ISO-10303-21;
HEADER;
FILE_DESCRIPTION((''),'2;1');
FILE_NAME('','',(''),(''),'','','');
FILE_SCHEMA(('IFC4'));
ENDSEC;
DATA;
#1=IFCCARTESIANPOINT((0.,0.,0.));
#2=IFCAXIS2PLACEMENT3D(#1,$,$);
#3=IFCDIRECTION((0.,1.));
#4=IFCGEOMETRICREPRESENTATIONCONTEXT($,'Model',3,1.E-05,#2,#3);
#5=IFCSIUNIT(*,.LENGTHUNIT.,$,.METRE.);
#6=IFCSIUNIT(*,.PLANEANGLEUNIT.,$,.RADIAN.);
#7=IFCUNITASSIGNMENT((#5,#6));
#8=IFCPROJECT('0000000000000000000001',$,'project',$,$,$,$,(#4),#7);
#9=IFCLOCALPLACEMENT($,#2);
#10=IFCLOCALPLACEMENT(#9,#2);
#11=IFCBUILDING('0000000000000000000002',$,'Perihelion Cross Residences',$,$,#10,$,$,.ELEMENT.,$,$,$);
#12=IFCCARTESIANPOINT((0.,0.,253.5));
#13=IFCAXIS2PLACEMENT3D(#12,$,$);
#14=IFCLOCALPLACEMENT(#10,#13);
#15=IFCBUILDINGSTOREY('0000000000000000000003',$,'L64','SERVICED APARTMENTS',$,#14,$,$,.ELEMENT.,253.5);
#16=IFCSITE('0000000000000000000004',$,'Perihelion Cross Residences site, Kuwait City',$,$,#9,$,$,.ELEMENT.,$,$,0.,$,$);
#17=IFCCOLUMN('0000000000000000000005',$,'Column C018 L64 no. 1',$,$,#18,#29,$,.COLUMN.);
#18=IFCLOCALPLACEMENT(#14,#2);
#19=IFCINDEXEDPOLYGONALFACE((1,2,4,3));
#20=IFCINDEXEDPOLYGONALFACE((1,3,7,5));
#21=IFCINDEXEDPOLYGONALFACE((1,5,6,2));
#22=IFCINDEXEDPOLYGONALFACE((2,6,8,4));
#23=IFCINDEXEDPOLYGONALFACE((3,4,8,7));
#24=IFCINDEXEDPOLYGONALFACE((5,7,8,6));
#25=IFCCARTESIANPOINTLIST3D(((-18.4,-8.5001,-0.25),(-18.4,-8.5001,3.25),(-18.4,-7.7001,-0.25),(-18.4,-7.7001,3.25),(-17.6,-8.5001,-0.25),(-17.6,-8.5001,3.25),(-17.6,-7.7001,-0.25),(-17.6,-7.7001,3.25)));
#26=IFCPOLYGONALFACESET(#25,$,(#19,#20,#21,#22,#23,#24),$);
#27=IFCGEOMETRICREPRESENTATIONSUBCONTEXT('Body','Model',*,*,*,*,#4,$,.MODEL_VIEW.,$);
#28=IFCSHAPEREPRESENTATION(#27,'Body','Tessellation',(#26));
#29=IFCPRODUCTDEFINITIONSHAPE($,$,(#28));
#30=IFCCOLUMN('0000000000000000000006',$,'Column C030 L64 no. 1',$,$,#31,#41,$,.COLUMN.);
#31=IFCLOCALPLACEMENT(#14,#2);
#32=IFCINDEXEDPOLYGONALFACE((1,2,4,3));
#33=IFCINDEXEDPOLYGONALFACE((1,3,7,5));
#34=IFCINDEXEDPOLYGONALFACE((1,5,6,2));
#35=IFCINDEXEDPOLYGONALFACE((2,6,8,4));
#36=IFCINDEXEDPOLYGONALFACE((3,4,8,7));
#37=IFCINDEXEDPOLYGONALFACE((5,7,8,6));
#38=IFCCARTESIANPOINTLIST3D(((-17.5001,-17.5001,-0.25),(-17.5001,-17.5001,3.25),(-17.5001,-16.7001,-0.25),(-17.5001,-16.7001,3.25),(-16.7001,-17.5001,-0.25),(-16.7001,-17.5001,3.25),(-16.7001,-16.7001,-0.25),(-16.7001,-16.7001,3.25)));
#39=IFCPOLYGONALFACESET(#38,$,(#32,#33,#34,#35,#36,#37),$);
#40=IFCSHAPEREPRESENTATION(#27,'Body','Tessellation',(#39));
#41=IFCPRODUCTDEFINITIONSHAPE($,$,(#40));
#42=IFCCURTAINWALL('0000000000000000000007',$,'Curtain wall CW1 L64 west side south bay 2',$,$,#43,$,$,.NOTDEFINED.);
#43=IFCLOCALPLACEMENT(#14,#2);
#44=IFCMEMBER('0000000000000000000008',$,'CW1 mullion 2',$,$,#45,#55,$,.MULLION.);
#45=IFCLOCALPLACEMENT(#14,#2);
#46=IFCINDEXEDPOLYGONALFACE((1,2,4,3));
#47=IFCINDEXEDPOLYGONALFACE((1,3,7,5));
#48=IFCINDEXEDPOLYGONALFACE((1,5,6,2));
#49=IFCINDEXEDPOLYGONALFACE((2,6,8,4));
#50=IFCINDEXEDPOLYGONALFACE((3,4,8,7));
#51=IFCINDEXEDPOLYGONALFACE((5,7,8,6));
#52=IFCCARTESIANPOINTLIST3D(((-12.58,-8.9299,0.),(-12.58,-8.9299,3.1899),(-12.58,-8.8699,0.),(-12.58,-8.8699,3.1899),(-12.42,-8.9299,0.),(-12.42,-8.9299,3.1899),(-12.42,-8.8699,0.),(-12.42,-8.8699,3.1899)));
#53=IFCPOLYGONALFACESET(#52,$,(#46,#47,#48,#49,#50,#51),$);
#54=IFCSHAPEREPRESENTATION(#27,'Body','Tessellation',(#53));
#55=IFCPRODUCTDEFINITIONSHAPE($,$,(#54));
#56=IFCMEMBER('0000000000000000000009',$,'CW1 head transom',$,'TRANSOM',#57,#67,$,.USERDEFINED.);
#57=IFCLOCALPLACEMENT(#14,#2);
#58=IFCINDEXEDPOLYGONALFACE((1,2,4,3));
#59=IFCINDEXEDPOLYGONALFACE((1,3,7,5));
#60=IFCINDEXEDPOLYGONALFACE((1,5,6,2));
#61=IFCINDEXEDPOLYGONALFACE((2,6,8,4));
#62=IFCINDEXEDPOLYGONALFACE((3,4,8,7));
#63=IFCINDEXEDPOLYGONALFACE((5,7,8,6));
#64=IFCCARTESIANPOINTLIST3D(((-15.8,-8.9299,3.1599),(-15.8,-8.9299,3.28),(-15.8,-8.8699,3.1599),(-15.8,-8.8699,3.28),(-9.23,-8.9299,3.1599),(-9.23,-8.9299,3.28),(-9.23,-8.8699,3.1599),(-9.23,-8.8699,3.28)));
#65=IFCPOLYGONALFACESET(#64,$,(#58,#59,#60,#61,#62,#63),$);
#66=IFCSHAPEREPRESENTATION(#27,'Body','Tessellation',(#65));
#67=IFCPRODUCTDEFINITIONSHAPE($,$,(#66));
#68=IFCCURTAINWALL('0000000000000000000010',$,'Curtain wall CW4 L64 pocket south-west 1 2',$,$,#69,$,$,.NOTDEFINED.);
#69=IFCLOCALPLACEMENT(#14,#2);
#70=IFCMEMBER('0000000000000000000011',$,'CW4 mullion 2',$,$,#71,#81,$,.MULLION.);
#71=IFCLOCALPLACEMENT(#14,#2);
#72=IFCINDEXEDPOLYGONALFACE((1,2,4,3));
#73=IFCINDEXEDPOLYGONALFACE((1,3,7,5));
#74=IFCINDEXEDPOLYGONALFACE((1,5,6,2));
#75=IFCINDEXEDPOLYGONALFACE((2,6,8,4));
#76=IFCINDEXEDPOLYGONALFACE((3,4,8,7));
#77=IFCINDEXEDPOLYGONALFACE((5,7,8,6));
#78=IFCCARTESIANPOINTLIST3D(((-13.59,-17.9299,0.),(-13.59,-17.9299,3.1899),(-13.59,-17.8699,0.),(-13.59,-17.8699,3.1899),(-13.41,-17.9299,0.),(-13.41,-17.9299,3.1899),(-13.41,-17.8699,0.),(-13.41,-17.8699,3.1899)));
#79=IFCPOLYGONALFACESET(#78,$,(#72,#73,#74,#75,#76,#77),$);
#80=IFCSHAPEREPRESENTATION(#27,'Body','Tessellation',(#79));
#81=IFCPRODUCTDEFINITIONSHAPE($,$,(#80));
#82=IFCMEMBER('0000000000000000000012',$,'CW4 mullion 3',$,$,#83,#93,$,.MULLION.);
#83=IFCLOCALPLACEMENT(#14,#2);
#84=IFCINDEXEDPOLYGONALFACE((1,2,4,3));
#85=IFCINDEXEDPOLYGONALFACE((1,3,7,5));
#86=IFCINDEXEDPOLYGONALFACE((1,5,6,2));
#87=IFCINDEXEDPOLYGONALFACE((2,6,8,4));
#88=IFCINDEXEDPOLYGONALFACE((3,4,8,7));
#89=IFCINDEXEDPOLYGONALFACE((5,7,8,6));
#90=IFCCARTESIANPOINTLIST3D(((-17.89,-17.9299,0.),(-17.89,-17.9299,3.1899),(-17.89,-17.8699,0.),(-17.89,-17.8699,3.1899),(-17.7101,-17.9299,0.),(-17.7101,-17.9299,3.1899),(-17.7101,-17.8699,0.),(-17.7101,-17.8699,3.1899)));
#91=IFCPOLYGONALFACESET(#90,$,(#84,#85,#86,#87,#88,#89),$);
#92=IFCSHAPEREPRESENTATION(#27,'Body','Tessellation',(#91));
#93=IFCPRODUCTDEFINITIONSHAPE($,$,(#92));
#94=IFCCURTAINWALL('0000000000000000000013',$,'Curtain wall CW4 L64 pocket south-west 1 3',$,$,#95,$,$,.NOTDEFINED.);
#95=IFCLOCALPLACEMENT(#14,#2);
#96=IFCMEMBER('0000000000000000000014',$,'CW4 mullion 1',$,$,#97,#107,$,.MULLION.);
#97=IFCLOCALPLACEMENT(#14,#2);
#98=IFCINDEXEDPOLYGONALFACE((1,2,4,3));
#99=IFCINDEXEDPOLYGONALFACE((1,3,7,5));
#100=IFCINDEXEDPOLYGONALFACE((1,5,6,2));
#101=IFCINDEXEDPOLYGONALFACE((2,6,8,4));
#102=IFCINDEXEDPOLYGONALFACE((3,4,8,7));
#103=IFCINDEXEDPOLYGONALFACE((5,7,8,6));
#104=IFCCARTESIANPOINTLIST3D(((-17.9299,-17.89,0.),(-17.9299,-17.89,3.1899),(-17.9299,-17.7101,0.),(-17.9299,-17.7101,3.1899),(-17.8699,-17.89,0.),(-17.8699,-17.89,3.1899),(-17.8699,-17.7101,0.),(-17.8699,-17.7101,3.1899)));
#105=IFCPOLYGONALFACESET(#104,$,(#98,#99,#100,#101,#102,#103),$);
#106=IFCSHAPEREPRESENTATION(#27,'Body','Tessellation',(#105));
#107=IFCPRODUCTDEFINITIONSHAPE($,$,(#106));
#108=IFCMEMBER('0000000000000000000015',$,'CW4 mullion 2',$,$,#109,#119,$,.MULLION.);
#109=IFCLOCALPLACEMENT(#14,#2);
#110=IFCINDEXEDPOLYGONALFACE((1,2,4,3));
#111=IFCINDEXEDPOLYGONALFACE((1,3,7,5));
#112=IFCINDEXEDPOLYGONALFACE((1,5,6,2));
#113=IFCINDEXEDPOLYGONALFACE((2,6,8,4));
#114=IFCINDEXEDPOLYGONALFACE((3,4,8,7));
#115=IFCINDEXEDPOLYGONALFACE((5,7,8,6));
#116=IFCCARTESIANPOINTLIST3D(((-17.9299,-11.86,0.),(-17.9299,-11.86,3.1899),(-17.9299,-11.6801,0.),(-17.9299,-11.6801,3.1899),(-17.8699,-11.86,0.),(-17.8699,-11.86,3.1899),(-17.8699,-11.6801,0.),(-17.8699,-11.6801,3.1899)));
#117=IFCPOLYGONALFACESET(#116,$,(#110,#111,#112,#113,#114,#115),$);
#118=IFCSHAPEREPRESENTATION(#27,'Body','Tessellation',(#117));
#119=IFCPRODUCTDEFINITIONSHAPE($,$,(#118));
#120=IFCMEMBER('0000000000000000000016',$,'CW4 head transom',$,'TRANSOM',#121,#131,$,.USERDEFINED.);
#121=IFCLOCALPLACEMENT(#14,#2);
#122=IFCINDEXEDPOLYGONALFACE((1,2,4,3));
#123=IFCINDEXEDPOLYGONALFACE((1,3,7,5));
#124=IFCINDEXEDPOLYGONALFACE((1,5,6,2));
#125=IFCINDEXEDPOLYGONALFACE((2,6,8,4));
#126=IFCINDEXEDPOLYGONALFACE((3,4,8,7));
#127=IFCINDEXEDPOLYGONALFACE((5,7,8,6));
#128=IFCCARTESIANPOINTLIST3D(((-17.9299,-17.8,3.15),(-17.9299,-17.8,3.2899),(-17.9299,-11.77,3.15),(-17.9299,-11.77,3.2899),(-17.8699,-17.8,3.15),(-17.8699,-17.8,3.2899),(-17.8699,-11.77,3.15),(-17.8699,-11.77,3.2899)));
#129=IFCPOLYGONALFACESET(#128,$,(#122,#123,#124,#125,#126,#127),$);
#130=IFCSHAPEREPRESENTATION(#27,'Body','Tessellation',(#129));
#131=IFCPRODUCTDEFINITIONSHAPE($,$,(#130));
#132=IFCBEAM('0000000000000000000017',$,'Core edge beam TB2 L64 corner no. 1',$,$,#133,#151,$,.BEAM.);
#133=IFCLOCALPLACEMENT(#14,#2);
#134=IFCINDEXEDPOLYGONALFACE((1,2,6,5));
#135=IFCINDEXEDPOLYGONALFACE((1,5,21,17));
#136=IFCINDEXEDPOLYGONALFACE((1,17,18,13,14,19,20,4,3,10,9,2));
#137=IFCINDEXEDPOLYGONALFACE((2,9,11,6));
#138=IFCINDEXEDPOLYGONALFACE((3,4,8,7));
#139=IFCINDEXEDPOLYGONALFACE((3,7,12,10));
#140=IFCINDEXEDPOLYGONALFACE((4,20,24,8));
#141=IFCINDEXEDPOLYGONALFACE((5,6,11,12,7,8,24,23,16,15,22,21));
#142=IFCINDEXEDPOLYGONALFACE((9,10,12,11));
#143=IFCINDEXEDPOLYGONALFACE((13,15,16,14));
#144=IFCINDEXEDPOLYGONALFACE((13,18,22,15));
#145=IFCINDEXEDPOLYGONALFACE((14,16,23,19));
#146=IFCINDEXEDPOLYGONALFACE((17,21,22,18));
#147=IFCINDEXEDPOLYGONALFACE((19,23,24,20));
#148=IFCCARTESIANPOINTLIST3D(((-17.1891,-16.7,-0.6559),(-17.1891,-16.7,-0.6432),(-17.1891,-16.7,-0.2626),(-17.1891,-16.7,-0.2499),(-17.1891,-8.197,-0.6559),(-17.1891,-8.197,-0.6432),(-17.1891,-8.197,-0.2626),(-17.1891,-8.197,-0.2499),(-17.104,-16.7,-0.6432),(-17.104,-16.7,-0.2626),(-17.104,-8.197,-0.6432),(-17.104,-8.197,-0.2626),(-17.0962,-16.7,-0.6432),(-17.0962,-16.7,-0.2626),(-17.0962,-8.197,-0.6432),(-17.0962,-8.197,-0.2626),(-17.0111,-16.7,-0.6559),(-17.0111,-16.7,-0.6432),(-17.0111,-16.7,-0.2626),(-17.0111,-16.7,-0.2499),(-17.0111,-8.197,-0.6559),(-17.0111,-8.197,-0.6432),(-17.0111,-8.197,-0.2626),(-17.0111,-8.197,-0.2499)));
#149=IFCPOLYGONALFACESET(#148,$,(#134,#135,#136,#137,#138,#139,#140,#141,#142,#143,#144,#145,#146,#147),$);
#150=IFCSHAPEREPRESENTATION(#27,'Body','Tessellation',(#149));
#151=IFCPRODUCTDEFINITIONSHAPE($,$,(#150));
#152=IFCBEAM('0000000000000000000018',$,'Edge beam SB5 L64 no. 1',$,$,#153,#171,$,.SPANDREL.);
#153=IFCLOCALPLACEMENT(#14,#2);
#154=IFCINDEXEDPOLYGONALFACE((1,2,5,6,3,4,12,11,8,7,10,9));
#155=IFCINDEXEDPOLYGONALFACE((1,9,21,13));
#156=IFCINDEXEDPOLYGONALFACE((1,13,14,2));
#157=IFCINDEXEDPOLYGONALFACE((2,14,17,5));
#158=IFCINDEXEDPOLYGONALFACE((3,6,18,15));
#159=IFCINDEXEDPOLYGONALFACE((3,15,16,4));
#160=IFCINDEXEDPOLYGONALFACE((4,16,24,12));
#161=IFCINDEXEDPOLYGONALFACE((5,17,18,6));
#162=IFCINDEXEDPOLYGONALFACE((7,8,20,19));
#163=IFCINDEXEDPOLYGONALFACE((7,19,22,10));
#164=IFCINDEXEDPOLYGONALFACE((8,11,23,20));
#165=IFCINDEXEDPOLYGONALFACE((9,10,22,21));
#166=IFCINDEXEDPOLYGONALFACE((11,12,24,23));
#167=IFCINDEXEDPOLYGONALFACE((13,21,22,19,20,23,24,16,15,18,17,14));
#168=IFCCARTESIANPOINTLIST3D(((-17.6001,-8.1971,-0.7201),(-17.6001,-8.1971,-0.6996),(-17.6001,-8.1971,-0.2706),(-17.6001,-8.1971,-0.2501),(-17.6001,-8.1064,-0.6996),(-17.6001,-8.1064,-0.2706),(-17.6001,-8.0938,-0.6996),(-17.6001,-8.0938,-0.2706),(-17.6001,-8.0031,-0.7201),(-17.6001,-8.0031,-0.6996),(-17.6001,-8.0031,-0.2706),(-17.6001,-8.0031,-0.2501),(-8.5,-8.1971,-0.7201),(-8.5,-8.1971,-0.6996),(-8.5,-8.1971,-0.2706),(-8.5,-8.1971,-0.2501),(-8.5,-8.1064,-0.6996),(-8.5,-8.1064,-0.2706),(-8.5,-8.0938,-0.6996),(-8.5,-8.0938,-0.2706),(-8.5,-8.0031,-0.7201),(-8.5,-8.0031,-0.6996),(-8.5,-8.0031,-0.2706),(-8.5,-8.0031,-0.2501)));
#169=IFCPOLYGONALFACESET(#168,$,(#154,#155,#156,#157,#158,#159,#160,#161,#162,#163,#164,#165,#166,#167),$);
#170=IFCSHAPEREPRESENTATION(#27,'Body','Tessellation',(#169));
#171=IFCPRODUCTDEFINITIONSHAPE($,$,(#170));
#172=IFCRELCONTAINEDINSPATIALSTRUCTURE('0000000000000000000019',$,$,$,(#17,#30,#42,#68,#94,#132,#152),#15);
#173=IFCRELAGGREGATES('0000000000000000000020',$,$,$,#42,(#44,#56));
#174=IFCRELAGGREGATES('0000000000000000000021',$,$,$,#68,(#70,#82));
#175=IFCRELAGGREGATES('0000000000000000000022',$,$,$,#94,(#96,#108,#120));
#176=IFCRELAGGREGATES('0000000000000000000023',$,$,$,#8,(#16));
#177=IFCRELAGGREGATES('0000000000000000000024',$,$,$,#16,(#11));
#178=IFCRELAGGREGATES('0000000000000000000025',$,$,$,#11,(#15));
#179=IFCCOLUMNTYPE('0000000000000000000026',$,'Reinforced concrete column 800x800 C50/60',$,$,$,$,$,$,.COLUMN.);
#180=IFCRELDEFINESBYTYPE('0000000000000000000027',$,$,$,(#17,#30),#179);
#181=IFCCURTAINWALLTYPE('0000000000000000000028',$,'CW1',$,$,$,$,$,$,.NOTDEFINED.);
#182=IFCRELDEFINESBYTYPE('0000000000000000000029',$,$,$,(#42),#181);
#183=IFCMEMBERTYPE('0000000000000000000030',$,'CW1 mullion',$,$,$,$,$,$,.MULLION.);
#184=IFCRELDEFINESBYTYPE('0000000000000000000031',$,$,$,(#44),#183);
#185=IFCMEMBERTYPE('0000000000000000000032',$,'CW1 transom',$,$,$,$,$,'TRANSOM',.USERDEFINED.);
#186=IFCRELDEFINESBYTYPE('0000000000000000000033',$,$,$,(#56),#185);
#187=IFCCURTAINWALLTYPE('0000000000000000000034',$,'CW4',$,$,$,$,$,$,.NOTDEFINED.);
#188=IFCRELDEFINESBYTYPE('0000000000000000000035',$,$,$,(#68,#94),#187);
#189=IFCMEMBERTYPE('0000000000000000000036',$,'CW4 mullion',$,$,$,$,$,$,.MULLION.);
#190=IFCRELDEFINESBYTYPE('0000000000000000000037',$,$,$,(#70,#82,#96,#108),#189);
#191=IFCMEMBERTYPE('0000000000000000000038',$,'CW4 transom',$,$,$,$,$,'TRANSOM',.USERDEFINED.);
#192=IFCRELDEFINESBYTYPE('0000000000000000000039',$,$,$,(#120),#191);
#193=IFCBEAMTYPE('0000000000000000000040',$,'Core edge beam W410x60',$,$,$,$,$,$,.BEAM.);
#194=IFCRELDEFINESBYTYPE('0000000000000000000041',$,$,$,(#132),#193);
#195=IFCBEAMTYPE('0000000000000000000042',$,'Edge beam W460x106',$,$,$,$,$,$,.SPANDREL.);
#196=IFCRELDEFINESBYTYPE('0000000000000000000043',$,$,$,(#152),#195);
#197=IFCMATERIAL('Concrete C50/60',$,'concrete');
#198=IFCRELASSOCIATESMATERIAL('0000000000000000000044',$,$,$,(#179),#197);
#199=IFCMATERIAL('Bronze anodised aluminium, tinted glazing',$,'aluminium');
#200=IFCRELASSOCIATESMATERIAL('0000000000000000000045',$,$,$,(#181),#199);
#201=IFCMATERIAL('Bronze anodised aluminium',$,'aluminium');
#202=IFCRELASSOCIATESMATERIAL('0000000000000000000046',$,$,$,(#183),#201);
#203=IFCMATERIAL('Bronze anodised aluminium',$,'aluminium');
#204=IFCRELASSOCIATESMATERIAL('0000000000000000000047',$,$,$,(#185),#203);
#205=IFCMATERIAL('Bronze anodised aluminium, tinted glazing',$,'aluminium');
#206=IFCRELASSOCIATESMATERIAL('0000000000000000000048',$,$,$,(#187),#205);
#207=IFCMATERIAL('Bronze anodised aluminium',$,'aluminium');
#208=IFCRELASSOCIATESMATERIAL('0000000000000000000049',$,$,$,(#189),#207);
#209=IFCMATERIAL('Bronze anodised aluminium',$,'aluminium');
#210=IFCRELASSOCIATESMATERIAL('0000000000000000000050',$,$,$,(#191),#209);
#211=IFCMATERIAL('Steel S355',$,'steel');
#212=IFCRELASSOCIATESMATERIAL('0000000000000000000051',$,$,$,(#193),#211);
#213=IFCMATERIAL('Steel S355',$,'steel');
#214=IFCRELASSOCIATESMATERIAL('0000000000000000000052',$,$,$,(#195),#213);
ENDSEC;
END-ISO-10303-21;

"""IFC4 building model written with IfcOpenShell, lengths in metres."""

from ifc_helpers import new_model, si_unit, direction, frame, origin, origin_2d, place, context, subcontext, project, spatial, rectangle, i_section, extrude, material, material_profile, profile_set, type_object, element, aggregate, save


model = new_model("IFC4")

# Units and contexts
model_context = context("Model", 3, precision=1e-05, world=origin(), true_north=direction((0.0, 1.0)))
body_context = subcontext(model_context, "Body", "Model", "MODEL_VIEW")
ifc_project = project(units=[si_unit("LENGTHUNIT", "METRE"), si_unit("PLANEANGLEUNIT", "RADIAN")], contexts=[model_context])

# Site, building, storey
site_placement = place(None, origin())
site = spatial("IfcSite", under=ifc_project, at=site_placement, Name="Perihelion Cross Residences site, Kuwait City", CompositionType="ELEMENT", RefElevation=0.0)
building_placement = place(site_placement, origin())
building = spatial("IfcBuilding", under=site, at=building_placement, Name="Perihelion Cross Residences", CompositionType="ELEMENT")
storey_placement = place(building_placement, frame((0.0, 0.0, 253.5)))
storey = spatial("IfcBuildingStorey", under=building, at=storey_placement, Name="L64", Description="SERVICED APARTMENTS", CompositionType="ELEMENT", Elevation=253.5)

# Columns
ifc_material_1 = material(Name="Concrete C50/60", Category="concrete")
ifc_material_profile_1 = material_profile(ifc_material_1, rectangle(XDim=0.8, YDim=0.8, at=origin_2d()), Name="RC 800x800")
ifc_profile_set_1 = profile_set([ifc_material_profile_1], Name="Concrete C50/60")
column_type = type_object("IfcColumnType", Name="Reinforced concrete column 800x800 C50/60", PredefinedType="COLUMN", material=ifc_profile_set_1)
for number, where, z_axis, x_axis, name in (
    (1, (-18.0, -8.1001, -0.25), (0.0, 0.0, 1.0), (1.0, 0.0, 0.0), "Column C018 L64 no. 1"),
    (2, (-17.1001, -17.1001, -0.25), (0.0, 0.0, 1.0), (1.0, 0.0, 0.0), "Column C030 L64 no. 1"),
):
    element("IfcColumn", number, at=place(storey_placement, frame(where, z_axis=z_axis, x_axis=x_axis)), inside=storey, type_object=column_type, Name=name, PredefinedType="COLUMN", context=body_context, shape_type="SweptSolid", body=[
        extrude(rectangle(XDim=0.8, YDim=0.8, at=origin_2d()), origin(), (0.0, 0.0, 1.0), 3.5),
    ])

# Curtain walls, members
ifc_material_2 = material(Name="Bronze anodised aluminium, tinted glazing", Category="aluminium")
curtain_wall_type_1 = type_object("IfcCurtainWallType", Name="CW1", PredefinedType="NOTDEFINED", material=ifc_material_2)
curtain_wall_1_placement = place(storey_placement, origin())
curtain_wall_1 = element("IfcCurtainWall", 3, at=curtain_wall_1_placement, inside=storey, type_object=curtain_wall_type_1, Name="Curtain wall CW1 L64 west side south bay 2", PredefinedType="NOTDEFINED")
ifc_material_3 = material(Name="Bronze anodised aluminium", Category="aluminium")
ifc_material_profile_2 = material_profile(ifc_material_3, rectangle(XDim=0.0601, YDim=0.1599, at=origin_2d()), Name="CW1 mullion")
ifc_profile_set_2 = profile_set([ifc_material_profile_2], Name="Bronze anodised aluminium")
member_type_1 = type_object("IfcMemberType", Name="CW1 mullion", PredefinedType="MULLION", material=ifc_profile_set_2)
member_1_placement = place(storey_placement, frame((-12.5, -8.8999, 0.0), z_axis=(0.0, 0.0, 1.0), x_axis=(0.0, 1.0, 0.0)))
member_1 = element("IfcMember", 4, at=member_1_placement, type_object=member_type_1, Name="CW1 mullion 2", PredefinedType="MULLION", context=body_context, shape_type="SweptSolid", body=[
    extrude(rectangle(XDim=0.0601, YDim=0.1599, at=origin_2d()), origin(), (0.0, 0.0, 1.0), 3.1899),
])
ifc_material_4 = material(Name="Bronze anodised aluminium", Category="aluminium")
ifc_material_profile_3 = material_profile(ifc_material_4, rectangle(XDim=0.0601, YDim=0.1201, at=origin_2d()), Name="CW1 transom")
ifc_profile_set_3 = profile_set([ifc_material_profile_3], Name="Bronze anodised aluminium")
member_type_2 = type_object("IfcMemberType", Name="CW1 transom", ElementType="TRANSOM", PredefinedType="USERDEFINED", material=ifc_profile_set_3)
member_2_placement = place(storey_placement, frame((-15.8, -8.8999, 3.22), z_axis=(1.0, 0.0, 0.0), x_axis=(0.0, 1.0, 0.0)))
member_2 = element("IfcMember", 5, at=member_2_placement, type_object=member_type_2, Name="CW1 head transom", ObjectType="TRANSOM", PredefinedType="USERDEFINED", context=body_context, shape_type="SweptSolid", body=[
    extrude(rectangle(XDim=0.0601, YDim=0.1201, at=origin_2d()), origin(), (0.0, 0.0, 1.0), 6.5701),
])
ifc_material_5 = material(Name="Bronze anodised aluminium, tinted glazing", Category="aluminium")
curtain_wall_type_2 = type_object("IfcCurtainWallType", Name="CW4", PredefinedType="NOTDEFINED", material=ifc_material_5)
curtain_wall_2_placement = place(storey_placement, origin())
curtain_wall_2 = element("IfcCurtainWall", 6, at=curtain_wall_2_placement, inside=storey, type_object=curtain_wall_type_2, Name="Curtain wall CW4 L64 pocket south-west 1 2", PredefinedType="NOTDEFINED")
ifc_material_6 = material(Name="Bronze anodised aluminium", Category="aluminium")
ifc_material_profile_4 = material_profile(ifc_material_6, rectangle(XDim=0.0601, YDim=0.1799, at=origin_2d()), Name="CW4 mullion")
ifc_profile_set_4 = profile_set([ifc_material_profile_4], Name="Bronze anodised aluminium")
member_type_3 = type_object("IfcMemberType", Name="CW4 mullion", PredefinedType="MULLION", material=ifc_profile_set_4)
member_3_placement = place(storey_placement, frame((-13.5, -17.8999, 0.0), z_axis=(0.0, 0.0, 1.0), x_axis=(0.0, -1.0, 0.0)))
member_3 = element("IfcMember", 7, at=member_3_placement, type_object=member_type_3, Name="CW4 mullion 2", PredefinedType="MULLION", context=body_context, shape_type="SweptSolid", body=[
    extrude(rectangle(XDim=0.0601, YDim=0.1799, at=origin_2d()), origin(), (0.0, 0.0, 1.0), 3.1899),
])
member_4_placement = place(storey_placement, frame((-17.8, -17.8999, 0.0), z_axis=(0.0, 0.0, 1.0), x_axis=(0.0, -1.0, 0.0)))
member_4 = element("IfcMember", 8, at=member_4_placement, type_object=member_type_3, Name="CW4 mullion 3", PredefinedType="MULLION", context=body_context, shape_type="SweptSolid", body=[
    extrude(rectangle(XDim=0.0601, YDim=0.1799, at=origin_2d()), origin(), (0.0, 0.0, 1.0), 3.1899),
])
curtain_wall_3_placement = place(storey_placement, origin())
curtain_wall_3 = element("IfcCurtainWall", 9, at=curtain_wall_3_placement, inside=storey, type_object=curtain_wall_type_2, Name="Curtain wall CW4 L64 pocket south-west 1 3", PredefinedType="NOTDEFINED")
member_5_placement = place(storey_placement, frame((-17.8999, -17.8, 0.0), z_axis=(0.0, 0.0, 1.0), x_axis=(-1.0, 0.0, 0.0)))
member_5 = element("IfcMember", 10, at=member_5_placement, type_object=member_type_3, Name="CW4 mullion 1", PredefinedType="MULLION", context=body_context, shape_type="SweptSolid", body=[
    extrude(rectangle(XDim=0.0601, YDim=0.1799, at=origin_2d()), origin(), (0.0, 0.0, 1.0), 3.1899),
])
member_6_placement = place(storey_placement, frame((-17.8999, -11.77, 0.0), z_axis=(0.0, 0.0, 1.0), x_axis=(-1.0, 0.0, 0.0)))
member_6 = element("IfcMember", 11, at=member_6_placement, type_object=member_type_3, Name="CW4 mullion 2", PredefinedType="MULLION", context=body_context, shape_type="SweptSolid", body=[
    extrude(rectangle(XDim=0.0601, YDim=0.1799, at=origin_2d()), origin(), (0.0, 0.0, 1.0), 3.1899),
])
ifc_material_7 = material(Name="Bronze anodised aluminium", Category="aluminium")
ifc_material_profile_5 = material_profile(ifc_material_7, rectangle(XDim=0.0601, YDim=0.1399, at=origin_2d()), Name="CW4 transom")
ifc_profile_set_5 = profile_set([ifc_material_profile_5], Name="Bronze anodised aluminium")
member_type_4 = type_object("IfcMemberType", Name="CW4 transom", ElementType="TRANSOM", PredefinedType="USERDEFINED", material=ifc_profile_set_5)
member_7_placement = place(storey_placement, frame((-17.8999, -17.8, 3.22), z_axis=(0.0, 1.0, 0.0), x_axis=(-1.0, 0.0, 0.0)))
member_7 = element("IfcMember", 12, at=member_7_placement, type_object=member_type_4, Name="CW4 head transom", ObjectType="TRANSOM", PredefinedType="USERDEFINED", context=body_context, shape_type="SweptSolid", body=[
    extrude(rectangle(XDim=0.0601, YDim=0.1399, at=origin_2d()), origin(), (0.0, 0.0, 1.0), 6.03),
])

# Beams
ifc_material_8 = material(Name="Steel S355", Category="steel")
ifc_material_profile_6 = material_profile(ifc_material_8, i_section(OverallWidth=0.178, OverallDepth=0.406, WebThickness=0.0078, FlangeThickness=0.0127, at=origin_2d()), Name="W410x60")
ifc_profile_set_6 = profile_set([ifc_material_profile_6], Name="Steel S355")
beam_type_1 = type_object("IfcBeamType", Name="Core edge beam W410x60", PredefinedType="BEAM", material=ifc_profile_set_6)
beam_1_placement = place(storey_placement, frame((-17.1001, -8.197, -0.4529), z_axis=(0.0, -1.0, 0.0), x_axis=(1.0, 0.0, 0.0)))
element("IfcBeam", 13, at=beam_1_placement, inside=storey, type_object=beam_type_1, Name="Core edge beam TB2 L64 corner no. 1", PredefinedType="BEAM", context=body_context, shape_type="SweptSolid", body=[
    extrude(i_section(OverallWidth=0.178, OverallDepth=0.406, WebThickness=0.0078, FlangeThickness=0.0127, at=origin_2d()), origin(), (0.0, 0.0, 1.0), 8.5029),
])
ifc_material_9 = material(Name="Steel S355", Category="steel")
ifc_material_profile_7 = material_profile(ifc_material_9, i_section(OverallWidth=0.1941, OverallDepth=0.47, WebThickness=0.0127, FlangeThickness=0.0205, at=origin_2d()), Name="W460x106")
ifc_profile_set_7 = profile_set([ifc_material_profile_7], Name="Steel S355")
beam_type_2 = type_object("IfcBeamType", Name="Edge beam W460x106", PredefinedType="SPANDREL", material=ifc_profile_set_7)
beam_2_placement = place(storey_placement, frame((-17.6001, -8.1001, -0.4851), z_axis=(1.0, 0.0, 0.0), x_axis=(0.0, 1.0, 0.0)))
element("IfcBeam", 14, at=beam_2_placement, inside=storey, type_object=beam_type_2, Name="Edge beam SB5 L64 no. 1", PredefinedType="SPANDREL", context=body_context, shape_type="SweptSolid", body=[
    extrude(i_section(OverallWidth=0.1941, OverallDepth=0.47, WebThickness=0.0127, FlangeThickness=0.0205, at=origin_2d()), origin(), (0.0, 0.0, 1.0), 9.1001),
])

aggregate(curtain_wall_1, [member_1, member_2])
aggregate(curtain_wall_2, [member_3, member_4])
aggregate(curtain_wall_3, [member_5, member_6, member_7])

save(model, "model.ifc")
